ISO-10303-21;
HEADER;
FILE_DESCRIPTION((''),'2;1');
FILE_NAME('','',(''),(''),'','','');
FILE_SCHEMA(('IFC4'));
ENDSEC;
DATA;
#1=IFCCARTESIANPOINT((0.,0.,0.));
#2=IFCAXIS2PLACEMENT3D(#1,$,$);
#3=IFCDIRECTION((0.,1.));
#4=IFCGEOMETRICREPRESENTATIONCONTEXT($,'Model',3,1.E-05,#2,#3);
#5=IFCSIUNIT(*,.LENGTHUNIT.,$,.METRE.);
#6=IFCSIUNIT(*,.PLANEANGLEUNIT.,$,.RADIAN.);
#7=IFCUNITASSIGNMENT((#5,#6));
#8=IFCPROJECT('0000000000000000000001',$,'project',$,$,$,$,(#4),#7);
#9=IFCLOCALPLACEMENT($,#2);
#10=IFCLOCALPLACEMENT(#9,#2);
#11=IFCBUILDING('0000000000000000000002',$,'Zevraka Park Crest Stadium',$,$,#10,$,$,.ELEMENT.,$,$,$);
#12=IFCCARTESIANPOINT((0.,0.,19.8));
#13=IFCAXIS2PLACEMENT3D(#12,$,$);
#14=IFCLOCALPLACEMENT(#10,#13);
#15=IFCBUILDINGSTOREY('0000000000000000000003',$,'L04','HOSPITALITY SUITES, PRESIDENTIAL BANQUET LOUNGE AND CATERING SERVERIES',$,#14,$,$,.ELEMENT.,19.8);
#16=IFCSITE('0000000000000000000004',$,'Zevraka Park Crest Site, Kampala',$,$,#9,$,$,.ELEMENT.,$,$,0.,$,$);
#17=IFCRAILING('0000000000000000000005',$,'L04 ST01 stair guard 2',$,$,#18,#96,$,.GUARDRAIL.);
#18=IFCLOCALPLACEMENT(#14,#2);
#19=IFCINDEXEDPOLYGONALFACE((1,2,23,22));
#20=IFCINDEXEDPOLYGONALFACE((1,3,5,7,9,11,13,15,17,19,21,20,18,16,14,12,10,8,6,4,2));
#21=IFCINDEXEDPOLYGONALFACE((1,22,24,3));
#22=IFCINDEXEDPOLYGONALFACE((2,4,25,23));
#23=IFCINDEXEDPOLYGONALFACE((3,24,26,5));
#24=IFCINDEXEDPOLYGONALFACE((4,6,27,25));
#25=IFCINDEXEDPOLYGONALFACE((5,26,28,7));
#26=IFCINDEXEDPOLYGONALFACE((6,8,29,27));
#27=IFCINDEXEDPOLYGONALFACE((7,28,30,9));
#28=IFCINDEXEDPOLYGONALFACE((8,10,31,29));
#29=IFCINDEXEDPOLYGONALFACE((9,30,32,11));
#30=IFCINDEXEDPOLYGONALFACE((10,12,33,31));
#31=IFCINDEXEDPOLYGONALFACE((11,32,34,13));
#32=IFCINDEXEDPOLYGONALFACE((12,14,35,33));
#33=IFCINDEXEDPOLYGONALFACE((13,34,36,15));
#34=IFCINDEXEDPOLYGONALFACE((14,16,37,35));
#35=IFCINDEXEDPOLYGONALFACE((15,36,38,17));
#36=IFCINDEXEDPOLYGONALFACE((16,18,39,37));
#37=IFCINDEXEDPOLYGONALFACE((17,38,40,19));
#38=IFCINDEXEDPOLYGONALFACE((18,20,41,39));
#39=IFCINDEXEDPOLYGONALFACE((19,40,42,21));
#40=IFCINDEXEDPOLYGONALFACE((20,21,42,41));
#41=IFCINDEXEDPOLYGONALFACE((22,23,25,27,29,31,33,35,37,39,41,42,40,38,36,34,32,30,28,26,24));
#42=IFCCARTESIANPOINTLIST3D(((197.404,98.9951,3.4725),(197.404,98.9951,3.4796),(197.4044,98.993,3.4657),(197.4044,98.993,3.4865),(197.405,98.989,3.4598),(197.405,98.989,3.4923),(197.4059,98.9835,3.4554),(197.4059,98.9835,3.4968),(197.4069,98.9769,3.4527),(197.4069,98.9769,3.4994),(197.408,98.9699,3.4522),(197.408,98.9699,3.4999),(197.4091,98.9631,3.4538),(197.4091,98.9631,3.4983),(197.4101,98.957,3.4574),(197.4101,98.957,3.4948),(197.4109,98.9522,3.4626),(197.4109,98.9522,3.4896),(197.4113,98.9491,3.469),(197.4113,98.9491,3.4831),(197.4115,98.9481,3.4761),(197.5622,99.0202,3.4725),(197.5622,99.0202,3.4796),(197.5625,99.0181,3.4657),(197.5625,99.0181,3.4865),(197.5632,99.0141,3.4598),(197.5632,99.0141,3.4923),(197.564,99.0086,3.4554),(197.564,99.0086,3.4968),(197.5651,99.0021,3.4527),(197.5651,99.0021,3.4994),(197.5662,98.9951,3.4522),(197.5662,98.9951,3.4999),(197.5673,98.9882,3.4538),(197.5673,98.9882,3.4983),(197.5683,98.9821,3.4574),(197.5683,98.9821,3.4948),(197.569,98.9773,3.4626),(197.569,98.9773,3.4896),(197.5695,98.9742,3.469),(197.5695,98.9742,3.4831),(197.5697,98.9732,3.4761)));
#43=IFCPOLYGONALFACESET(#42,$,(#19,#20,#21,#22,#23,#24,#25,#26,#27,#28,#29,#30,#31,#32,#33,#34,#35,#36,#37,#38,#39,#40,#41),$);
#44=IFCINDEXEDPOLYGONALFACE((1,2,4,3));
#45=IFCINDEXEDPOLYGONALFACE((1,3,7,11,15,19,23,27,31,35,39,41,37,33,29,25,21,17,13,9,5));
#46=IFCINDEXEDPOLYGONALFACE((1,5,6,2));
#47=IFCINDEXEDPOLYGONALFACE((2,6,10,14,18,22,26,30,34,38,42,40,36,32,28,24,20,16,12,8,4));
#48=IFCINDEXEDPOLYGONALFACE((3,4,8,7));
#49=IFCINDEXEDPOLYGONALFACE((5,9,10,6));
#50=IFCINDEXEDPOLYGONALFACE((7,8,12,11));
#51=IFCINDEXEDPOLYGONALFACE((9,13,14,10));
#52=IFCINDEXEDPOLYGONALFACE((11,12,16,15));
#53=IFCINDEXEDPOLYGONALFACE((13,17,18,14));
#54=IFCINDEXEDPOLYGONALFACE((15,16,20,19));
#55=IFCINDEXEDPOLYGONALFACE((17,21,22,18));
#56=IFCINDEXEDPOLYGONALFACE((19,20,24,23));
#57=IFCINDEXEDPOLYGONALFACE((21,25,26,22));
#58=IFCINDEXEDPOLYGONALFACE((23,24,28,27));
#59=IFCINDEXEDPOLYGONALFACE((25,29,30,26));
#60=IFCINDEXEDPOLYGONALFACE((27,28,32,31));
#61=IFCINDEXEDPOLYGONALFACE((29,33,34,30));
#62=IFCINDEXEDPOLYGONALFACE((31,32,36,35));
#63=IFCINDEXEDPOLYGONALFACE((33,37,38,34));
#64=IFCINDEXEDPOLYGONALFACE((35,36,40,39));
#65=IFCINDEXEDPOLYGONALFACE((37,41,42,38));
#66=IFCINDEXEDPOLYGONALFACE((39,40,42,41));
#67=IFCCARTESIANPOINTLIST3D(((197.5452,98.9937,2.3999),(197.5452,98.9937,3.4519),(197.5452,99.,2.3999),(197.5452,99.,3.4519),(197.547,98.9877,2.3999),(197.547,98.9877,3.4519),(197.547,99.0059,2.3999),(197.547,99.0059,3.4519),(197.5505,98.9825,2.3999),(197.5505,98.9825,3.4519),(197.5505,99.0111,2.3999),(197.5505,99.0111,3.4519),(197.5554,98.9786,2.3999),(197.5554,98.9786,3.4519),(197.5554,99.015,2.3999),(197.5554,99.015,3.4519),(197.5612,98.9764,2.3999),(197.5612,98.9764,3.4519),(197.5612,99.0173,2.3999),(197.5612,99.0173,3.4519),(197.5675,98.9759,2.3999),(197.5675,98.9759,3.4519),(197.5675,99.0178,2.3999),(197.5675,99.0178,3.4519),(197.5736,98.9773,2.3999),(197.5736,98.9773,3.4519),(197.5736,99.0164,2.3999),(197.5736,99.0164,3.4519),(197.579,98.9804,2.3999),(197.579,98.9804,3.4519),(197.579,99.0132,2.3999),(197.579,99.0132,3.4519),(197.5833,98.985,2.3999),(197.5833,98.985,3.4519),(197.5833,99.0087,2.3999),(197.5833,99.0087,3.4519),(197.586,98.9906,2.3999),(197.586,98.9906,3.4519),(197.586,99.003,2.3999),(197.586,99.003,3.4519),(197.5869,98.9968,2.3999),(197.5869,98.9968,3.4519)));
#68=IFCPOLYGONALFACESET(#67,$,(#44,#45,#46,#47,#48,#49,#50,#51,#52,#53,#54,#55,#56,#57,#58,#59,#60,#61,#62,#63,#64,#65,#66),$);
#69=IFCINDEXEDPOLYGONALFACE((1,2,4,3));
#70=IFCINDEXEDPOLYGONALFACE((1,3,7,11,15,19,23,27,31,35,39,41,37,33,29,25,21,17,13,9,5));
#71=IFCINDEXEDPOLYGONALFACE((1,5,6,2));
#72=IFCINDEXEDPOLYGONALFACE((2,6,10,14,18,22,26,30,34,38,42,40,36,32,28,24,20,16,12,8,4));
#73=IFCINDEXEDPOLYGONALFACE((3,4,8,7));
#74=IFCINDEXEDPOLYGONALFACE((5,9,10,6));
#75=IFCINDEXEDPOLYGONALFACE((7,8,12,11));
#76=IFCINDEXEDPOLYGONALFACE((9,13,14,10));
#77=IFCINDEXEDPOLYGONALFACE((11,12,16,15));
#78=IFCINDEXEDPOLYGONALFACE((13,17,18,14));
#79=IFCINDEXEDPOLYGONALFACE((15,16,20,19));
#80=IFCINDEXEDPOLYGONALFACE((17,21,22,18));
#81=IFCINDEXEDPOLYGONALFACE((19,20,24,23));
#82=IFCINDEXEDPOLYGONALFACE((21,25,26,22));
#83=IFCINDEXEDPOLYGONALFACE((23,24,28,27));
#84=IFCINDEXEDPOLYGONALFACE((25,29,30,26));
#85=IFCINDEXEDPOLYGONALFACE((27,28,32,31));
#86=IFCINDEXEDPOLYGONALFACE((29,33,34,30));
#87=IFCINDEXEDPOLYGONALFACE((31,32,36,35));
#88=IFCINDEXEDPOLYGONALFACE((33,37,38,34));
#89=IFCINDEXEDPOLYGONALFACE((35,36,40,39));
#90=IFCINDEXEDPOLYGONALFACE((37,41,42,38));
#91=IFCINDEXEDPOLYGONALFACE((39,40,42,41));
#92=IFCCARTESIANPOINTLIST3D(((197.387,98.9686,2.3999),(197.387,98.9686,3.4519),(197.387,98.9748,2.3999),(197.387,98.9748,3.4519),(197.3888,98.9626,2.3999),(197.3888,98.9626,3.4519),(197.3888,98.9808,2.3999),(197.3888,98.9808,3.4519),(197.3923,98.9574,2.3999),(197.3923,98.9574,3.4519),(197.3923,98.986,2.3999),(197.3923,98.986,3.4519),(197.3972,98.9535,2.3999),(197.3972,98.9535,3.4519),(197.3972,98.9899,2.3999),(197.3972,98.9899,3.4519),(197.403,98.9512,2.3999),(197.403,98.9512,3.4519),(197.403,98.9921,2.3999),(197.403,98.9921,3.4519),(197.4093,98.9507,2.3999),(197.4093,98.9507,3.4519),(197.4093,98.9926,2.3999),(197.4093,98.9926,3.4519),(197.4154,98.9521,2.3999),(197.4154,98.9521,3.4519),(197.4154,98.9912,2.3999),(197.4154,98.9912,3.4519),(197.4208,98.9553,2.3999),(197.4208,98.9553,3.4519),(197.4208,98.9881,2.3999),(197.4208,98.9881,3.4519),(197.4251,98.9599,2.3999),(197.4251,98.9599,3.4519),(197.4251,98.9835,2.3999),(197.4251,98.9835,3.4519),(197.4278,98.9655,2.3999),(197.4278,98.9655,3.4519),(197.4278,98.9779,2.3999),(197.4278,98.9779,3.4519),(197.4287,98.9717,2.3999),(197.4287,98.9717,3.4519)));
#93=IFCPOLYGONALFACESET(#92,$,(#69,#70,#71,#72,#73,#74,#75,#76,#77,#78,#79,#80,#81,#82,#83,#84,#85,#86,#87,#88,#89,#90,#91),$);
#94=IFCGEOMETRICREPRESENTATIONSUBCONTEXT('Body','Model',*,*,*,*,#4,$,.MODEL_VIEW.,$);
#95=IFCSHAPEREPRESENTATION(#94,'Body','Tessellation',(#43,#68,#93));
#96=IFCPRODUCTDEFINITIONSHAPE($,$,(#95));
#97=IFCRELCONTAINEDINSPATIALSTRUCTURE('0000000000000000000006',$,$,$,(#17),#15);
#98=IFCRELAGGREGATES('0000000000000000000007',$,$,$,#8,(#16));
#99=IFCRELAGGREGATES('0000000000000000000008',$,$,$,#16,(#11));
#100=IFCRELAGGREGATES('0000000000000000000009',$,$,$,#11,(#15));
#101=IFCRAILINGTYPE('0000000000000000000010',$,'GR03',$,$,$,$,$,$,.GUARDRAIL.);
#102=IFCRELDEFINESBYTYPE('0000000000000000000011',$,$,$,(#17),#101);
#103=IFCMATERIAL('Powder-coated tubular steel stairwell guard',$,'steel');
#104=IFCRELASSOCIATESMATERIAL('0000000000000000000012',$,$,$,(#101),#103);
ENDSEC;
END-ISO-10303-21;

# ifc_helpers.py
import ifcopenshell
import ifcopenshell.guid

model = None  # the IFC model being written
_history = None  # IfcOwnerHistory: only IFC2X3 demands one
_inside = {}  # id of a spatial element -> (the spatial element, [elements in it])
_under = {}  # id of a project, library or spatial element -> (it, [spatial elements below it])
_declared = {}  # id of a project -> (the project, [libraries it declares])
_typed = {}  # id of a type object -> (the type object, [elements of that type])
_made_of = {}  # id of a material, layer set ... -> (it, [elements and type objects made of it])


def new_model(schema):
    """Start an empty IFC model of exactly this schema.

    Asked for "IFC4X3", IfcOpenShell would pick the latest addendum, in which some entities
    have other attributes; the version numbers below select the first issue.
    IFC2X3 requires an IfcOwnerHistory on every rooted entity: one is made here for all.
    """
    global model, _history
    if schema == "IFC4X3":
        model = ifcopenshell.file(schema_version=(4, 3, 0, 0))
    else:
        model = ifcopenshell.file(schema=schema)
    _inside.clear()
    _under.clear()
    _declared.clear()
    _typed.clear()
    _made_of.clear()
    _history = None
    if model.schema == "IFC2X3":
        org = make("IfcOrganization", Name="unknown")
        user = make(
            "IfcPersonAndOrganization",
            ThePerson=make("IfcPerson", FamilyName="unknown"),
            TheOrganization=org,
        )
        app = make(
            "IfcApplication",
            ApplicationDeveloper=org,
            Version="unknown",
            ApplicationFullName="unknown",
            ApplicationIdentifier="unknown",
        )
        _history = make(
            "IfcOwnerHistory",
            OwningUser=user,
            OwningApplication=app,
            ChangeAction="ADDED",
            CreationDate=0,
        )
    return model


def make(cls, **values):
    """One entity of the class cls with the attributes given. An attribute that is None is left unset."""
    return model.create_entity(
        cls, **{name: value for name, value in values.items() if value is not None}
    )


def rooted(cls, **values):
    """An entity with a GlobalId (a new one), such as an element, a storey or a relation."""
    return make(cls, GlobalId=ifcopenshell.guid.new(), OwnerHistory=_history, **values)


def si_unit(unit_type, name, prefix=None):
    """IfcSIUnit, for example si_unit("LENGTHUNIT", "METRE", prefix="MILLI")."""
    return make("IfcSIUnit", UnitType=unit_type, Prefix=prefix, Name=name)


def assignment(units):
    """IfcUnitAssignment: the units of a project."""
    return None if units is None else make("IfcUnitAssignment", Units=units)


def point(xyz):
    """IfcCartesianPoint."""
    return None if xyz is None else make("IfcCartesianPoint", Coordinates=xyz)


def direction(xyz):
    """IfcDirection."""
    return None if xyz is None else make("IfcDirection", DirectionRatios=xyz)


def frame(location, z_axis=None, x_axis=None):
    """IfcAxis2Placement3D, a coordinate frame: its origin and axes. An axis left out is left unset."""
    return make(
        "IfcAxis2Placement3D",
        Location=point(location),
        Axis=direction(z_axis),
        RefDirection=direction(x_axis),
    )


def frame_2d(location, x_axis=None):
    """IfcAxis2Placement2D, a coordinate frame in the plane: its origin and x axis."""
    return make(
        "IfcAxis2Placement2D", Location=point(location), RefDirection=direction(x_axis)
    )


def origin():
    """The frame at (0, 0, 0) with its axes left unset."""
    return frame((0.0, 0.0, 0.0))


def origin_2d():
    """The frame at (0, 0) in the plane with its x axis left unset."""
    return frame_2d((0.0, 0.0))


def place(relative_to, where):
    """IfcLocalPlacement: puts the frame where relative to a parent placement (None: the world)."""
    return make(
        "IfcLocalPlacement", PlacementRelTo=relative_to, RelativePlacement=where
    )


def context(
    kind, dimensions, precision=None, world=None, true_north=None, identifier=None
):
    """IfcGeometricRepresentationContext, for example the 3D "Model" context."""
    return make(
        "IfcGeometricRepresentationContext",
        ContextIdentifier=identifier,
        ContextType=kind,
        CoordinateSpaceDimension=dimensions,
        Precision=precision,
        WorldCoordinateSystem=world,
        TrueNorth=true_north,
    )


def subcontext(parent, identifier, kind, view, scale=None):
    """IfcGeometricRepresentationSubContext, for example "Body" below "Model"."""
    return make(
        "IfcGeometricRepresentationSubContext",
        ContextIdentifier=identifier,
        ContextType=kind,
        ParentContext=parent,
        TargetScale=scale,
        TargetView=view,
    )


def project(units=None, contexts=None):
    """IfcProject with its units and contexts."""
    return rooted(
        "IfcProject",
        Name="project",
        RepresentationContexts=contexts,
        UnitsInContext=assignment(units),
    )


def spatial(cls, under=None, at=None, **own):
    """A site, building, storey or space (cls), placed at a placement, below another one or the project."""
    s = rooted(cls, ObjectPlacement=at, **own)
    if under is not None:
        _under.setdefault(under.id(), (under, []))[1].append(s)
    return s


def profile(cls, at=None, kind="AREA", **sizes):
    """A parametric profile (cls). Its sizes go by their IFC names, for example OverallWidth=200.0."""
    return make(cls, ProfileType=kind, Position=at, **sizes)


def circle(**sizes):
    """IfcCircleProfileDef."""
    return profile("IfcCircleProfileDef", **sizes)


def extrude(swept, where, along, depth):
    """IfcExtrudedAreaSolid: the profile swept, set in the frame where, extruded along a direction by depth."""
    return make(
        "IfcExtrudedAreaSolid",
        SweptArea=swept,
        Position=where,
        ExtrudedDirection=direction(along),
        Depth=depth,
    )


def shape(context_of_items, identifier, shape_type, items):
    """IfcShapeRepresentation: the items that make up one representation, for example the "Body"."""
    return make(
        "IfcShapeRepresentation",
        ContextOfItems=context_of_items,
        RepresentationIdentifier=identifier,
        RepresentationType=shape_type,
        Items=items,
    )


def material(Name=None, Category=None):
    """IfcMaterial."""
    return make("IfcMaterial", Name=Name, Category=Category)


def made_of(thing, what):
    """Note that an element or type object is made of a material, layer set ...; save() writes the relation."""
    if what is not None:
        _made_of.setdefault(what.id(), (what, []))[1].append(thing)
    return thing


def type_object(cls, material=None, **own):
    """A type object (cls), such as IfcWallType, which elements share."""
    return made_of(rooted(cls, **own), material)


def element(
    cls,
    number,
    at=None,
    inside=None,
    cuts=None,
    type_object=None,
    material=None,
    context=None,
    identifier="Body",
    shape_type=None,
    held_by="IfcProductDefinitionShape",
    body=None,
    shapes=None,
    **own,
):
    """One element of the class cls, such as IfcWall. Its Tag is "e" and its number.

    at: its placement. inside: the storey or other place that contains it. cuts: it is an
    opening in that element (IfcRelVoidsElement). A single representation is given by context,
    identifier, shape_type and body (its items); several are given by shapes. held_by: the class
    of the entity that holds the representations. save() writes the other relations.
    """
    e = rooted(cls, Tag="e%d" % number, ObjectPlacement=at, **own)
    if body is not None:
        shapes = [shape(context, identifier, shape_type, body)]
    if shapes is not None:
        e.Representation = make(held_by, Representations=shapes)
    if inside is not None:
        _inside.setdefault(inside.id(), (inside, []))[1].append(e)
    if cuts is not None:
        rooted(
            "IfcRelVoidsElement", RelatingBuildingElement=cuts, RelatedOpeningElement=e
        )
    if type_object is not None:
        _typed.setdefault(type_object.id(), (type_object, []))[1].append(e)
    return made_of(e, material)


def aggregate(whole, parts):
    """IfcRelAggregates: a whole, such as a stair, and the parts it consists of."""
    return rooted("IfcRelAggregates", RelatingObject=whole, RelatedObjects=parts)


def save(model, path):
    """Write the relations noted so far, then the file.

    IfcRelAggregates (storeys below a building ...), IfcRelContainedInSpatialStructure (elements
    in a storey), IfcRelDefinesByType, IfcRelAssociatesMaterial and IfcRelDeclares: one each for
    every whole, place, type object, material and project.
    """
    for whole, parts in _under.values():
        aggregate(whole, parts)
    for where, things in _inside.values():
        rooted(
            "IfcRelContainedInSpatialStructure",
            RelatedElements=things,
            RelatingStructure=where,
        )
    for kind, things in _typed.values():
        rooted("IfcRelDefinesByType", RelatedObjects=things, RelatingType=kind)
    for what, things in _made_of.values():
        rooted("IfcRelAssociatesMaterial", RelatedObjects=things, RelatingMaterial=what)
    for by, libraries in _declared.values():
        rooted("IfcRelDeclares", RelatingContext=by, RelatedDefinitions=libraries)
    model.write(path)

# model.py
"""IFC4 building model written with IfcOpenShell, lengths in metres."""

from ifc_helpers import new_model, si_unit, direction, frame, origin, origin_2d, place, context, subcontext, project, spatial, circle, extrude, material, type_object, element, save


model = new_model("IFC4")

# Units and contexts
model_context = context("Model", 3, precision=1e-05, world=origin(), true_north=direction((0.0, 1.0)))
body_context = subcontext(model_context, "Body", "Model", "MODEL_VIEW")
ifc_project = project(units=[si_unit("LENGTHUNIT", "METRE"), si_unit("PLANEANGLEUNIT", "RADIAN")], contexts=[model_context])

# Site, building, storey
site_placement = place(None, origin())
site = spatial("IfcSite", under=ifc_project, at=site_placement, Name="Zevraka Park Crest Site, Kampala", CompositionType="ELEMENT", RefElevation=0.0)
building_placement = place(site_placement, origin())
building = spatial("IfcBuilding", under=site, at=building_placement, Name="Zevraka Park Crest Stadium", CompositionType="ELEMENT")
storey_placement = place(building_placement, frame((0.0, 0.0, 19.8)))
storey = spatial("IfcBuildingStorey", under=building, at=storey_placement, Name="L04", Description="HOSPITALITY SUITES, PRESIDENTIAL BANQUET LOUNGE AND CATERING SERVERIES", CompositionType="ELEMENT", Elevation=19.8)

# Railing
ifc_material_1 = material(Name="Powder-coated tubular steel stairwell guard", Category="steel")
railing_type_1 = type_object("IfcRailingType", Name="GR03", PredefinedType="GUARDRAIL", material=ifc_material_1)
railing_1_placement = place(storey_placement, frame((197.5659, 98.9968, 2.3999)))
element("IfcRailing", 1, at=railing_1_placement, inside=storey, type_object=railing_type_1, Name="L04 ST01 stair guard 2", PredefinedType="GUARDRAIL", context=body_context, shape_type="SweptSolid", body=[
    extrude(circle(Radius=0.0239, at=origin_2d()), frame((0.0, 0.0, 1.0762), z_axis=(-0.987602, -0.15698, 0.0), x_axis=(0.15698, -0.987602, 0.0)), (0.0, 0.0, 1.0), 0.1602),
    extrude(circle(Radius=0.021, at=origin_2d()), origin(), (0.0, 0.0, 1.0), 1.052),
    extrude(circle(Radius=0.021, at=origin_2d()), frame((-0.1582, -0.0251, 0.0)), (0.0, 0.0, 1.0), 1.052),
])

save(model, "model.ifc")
